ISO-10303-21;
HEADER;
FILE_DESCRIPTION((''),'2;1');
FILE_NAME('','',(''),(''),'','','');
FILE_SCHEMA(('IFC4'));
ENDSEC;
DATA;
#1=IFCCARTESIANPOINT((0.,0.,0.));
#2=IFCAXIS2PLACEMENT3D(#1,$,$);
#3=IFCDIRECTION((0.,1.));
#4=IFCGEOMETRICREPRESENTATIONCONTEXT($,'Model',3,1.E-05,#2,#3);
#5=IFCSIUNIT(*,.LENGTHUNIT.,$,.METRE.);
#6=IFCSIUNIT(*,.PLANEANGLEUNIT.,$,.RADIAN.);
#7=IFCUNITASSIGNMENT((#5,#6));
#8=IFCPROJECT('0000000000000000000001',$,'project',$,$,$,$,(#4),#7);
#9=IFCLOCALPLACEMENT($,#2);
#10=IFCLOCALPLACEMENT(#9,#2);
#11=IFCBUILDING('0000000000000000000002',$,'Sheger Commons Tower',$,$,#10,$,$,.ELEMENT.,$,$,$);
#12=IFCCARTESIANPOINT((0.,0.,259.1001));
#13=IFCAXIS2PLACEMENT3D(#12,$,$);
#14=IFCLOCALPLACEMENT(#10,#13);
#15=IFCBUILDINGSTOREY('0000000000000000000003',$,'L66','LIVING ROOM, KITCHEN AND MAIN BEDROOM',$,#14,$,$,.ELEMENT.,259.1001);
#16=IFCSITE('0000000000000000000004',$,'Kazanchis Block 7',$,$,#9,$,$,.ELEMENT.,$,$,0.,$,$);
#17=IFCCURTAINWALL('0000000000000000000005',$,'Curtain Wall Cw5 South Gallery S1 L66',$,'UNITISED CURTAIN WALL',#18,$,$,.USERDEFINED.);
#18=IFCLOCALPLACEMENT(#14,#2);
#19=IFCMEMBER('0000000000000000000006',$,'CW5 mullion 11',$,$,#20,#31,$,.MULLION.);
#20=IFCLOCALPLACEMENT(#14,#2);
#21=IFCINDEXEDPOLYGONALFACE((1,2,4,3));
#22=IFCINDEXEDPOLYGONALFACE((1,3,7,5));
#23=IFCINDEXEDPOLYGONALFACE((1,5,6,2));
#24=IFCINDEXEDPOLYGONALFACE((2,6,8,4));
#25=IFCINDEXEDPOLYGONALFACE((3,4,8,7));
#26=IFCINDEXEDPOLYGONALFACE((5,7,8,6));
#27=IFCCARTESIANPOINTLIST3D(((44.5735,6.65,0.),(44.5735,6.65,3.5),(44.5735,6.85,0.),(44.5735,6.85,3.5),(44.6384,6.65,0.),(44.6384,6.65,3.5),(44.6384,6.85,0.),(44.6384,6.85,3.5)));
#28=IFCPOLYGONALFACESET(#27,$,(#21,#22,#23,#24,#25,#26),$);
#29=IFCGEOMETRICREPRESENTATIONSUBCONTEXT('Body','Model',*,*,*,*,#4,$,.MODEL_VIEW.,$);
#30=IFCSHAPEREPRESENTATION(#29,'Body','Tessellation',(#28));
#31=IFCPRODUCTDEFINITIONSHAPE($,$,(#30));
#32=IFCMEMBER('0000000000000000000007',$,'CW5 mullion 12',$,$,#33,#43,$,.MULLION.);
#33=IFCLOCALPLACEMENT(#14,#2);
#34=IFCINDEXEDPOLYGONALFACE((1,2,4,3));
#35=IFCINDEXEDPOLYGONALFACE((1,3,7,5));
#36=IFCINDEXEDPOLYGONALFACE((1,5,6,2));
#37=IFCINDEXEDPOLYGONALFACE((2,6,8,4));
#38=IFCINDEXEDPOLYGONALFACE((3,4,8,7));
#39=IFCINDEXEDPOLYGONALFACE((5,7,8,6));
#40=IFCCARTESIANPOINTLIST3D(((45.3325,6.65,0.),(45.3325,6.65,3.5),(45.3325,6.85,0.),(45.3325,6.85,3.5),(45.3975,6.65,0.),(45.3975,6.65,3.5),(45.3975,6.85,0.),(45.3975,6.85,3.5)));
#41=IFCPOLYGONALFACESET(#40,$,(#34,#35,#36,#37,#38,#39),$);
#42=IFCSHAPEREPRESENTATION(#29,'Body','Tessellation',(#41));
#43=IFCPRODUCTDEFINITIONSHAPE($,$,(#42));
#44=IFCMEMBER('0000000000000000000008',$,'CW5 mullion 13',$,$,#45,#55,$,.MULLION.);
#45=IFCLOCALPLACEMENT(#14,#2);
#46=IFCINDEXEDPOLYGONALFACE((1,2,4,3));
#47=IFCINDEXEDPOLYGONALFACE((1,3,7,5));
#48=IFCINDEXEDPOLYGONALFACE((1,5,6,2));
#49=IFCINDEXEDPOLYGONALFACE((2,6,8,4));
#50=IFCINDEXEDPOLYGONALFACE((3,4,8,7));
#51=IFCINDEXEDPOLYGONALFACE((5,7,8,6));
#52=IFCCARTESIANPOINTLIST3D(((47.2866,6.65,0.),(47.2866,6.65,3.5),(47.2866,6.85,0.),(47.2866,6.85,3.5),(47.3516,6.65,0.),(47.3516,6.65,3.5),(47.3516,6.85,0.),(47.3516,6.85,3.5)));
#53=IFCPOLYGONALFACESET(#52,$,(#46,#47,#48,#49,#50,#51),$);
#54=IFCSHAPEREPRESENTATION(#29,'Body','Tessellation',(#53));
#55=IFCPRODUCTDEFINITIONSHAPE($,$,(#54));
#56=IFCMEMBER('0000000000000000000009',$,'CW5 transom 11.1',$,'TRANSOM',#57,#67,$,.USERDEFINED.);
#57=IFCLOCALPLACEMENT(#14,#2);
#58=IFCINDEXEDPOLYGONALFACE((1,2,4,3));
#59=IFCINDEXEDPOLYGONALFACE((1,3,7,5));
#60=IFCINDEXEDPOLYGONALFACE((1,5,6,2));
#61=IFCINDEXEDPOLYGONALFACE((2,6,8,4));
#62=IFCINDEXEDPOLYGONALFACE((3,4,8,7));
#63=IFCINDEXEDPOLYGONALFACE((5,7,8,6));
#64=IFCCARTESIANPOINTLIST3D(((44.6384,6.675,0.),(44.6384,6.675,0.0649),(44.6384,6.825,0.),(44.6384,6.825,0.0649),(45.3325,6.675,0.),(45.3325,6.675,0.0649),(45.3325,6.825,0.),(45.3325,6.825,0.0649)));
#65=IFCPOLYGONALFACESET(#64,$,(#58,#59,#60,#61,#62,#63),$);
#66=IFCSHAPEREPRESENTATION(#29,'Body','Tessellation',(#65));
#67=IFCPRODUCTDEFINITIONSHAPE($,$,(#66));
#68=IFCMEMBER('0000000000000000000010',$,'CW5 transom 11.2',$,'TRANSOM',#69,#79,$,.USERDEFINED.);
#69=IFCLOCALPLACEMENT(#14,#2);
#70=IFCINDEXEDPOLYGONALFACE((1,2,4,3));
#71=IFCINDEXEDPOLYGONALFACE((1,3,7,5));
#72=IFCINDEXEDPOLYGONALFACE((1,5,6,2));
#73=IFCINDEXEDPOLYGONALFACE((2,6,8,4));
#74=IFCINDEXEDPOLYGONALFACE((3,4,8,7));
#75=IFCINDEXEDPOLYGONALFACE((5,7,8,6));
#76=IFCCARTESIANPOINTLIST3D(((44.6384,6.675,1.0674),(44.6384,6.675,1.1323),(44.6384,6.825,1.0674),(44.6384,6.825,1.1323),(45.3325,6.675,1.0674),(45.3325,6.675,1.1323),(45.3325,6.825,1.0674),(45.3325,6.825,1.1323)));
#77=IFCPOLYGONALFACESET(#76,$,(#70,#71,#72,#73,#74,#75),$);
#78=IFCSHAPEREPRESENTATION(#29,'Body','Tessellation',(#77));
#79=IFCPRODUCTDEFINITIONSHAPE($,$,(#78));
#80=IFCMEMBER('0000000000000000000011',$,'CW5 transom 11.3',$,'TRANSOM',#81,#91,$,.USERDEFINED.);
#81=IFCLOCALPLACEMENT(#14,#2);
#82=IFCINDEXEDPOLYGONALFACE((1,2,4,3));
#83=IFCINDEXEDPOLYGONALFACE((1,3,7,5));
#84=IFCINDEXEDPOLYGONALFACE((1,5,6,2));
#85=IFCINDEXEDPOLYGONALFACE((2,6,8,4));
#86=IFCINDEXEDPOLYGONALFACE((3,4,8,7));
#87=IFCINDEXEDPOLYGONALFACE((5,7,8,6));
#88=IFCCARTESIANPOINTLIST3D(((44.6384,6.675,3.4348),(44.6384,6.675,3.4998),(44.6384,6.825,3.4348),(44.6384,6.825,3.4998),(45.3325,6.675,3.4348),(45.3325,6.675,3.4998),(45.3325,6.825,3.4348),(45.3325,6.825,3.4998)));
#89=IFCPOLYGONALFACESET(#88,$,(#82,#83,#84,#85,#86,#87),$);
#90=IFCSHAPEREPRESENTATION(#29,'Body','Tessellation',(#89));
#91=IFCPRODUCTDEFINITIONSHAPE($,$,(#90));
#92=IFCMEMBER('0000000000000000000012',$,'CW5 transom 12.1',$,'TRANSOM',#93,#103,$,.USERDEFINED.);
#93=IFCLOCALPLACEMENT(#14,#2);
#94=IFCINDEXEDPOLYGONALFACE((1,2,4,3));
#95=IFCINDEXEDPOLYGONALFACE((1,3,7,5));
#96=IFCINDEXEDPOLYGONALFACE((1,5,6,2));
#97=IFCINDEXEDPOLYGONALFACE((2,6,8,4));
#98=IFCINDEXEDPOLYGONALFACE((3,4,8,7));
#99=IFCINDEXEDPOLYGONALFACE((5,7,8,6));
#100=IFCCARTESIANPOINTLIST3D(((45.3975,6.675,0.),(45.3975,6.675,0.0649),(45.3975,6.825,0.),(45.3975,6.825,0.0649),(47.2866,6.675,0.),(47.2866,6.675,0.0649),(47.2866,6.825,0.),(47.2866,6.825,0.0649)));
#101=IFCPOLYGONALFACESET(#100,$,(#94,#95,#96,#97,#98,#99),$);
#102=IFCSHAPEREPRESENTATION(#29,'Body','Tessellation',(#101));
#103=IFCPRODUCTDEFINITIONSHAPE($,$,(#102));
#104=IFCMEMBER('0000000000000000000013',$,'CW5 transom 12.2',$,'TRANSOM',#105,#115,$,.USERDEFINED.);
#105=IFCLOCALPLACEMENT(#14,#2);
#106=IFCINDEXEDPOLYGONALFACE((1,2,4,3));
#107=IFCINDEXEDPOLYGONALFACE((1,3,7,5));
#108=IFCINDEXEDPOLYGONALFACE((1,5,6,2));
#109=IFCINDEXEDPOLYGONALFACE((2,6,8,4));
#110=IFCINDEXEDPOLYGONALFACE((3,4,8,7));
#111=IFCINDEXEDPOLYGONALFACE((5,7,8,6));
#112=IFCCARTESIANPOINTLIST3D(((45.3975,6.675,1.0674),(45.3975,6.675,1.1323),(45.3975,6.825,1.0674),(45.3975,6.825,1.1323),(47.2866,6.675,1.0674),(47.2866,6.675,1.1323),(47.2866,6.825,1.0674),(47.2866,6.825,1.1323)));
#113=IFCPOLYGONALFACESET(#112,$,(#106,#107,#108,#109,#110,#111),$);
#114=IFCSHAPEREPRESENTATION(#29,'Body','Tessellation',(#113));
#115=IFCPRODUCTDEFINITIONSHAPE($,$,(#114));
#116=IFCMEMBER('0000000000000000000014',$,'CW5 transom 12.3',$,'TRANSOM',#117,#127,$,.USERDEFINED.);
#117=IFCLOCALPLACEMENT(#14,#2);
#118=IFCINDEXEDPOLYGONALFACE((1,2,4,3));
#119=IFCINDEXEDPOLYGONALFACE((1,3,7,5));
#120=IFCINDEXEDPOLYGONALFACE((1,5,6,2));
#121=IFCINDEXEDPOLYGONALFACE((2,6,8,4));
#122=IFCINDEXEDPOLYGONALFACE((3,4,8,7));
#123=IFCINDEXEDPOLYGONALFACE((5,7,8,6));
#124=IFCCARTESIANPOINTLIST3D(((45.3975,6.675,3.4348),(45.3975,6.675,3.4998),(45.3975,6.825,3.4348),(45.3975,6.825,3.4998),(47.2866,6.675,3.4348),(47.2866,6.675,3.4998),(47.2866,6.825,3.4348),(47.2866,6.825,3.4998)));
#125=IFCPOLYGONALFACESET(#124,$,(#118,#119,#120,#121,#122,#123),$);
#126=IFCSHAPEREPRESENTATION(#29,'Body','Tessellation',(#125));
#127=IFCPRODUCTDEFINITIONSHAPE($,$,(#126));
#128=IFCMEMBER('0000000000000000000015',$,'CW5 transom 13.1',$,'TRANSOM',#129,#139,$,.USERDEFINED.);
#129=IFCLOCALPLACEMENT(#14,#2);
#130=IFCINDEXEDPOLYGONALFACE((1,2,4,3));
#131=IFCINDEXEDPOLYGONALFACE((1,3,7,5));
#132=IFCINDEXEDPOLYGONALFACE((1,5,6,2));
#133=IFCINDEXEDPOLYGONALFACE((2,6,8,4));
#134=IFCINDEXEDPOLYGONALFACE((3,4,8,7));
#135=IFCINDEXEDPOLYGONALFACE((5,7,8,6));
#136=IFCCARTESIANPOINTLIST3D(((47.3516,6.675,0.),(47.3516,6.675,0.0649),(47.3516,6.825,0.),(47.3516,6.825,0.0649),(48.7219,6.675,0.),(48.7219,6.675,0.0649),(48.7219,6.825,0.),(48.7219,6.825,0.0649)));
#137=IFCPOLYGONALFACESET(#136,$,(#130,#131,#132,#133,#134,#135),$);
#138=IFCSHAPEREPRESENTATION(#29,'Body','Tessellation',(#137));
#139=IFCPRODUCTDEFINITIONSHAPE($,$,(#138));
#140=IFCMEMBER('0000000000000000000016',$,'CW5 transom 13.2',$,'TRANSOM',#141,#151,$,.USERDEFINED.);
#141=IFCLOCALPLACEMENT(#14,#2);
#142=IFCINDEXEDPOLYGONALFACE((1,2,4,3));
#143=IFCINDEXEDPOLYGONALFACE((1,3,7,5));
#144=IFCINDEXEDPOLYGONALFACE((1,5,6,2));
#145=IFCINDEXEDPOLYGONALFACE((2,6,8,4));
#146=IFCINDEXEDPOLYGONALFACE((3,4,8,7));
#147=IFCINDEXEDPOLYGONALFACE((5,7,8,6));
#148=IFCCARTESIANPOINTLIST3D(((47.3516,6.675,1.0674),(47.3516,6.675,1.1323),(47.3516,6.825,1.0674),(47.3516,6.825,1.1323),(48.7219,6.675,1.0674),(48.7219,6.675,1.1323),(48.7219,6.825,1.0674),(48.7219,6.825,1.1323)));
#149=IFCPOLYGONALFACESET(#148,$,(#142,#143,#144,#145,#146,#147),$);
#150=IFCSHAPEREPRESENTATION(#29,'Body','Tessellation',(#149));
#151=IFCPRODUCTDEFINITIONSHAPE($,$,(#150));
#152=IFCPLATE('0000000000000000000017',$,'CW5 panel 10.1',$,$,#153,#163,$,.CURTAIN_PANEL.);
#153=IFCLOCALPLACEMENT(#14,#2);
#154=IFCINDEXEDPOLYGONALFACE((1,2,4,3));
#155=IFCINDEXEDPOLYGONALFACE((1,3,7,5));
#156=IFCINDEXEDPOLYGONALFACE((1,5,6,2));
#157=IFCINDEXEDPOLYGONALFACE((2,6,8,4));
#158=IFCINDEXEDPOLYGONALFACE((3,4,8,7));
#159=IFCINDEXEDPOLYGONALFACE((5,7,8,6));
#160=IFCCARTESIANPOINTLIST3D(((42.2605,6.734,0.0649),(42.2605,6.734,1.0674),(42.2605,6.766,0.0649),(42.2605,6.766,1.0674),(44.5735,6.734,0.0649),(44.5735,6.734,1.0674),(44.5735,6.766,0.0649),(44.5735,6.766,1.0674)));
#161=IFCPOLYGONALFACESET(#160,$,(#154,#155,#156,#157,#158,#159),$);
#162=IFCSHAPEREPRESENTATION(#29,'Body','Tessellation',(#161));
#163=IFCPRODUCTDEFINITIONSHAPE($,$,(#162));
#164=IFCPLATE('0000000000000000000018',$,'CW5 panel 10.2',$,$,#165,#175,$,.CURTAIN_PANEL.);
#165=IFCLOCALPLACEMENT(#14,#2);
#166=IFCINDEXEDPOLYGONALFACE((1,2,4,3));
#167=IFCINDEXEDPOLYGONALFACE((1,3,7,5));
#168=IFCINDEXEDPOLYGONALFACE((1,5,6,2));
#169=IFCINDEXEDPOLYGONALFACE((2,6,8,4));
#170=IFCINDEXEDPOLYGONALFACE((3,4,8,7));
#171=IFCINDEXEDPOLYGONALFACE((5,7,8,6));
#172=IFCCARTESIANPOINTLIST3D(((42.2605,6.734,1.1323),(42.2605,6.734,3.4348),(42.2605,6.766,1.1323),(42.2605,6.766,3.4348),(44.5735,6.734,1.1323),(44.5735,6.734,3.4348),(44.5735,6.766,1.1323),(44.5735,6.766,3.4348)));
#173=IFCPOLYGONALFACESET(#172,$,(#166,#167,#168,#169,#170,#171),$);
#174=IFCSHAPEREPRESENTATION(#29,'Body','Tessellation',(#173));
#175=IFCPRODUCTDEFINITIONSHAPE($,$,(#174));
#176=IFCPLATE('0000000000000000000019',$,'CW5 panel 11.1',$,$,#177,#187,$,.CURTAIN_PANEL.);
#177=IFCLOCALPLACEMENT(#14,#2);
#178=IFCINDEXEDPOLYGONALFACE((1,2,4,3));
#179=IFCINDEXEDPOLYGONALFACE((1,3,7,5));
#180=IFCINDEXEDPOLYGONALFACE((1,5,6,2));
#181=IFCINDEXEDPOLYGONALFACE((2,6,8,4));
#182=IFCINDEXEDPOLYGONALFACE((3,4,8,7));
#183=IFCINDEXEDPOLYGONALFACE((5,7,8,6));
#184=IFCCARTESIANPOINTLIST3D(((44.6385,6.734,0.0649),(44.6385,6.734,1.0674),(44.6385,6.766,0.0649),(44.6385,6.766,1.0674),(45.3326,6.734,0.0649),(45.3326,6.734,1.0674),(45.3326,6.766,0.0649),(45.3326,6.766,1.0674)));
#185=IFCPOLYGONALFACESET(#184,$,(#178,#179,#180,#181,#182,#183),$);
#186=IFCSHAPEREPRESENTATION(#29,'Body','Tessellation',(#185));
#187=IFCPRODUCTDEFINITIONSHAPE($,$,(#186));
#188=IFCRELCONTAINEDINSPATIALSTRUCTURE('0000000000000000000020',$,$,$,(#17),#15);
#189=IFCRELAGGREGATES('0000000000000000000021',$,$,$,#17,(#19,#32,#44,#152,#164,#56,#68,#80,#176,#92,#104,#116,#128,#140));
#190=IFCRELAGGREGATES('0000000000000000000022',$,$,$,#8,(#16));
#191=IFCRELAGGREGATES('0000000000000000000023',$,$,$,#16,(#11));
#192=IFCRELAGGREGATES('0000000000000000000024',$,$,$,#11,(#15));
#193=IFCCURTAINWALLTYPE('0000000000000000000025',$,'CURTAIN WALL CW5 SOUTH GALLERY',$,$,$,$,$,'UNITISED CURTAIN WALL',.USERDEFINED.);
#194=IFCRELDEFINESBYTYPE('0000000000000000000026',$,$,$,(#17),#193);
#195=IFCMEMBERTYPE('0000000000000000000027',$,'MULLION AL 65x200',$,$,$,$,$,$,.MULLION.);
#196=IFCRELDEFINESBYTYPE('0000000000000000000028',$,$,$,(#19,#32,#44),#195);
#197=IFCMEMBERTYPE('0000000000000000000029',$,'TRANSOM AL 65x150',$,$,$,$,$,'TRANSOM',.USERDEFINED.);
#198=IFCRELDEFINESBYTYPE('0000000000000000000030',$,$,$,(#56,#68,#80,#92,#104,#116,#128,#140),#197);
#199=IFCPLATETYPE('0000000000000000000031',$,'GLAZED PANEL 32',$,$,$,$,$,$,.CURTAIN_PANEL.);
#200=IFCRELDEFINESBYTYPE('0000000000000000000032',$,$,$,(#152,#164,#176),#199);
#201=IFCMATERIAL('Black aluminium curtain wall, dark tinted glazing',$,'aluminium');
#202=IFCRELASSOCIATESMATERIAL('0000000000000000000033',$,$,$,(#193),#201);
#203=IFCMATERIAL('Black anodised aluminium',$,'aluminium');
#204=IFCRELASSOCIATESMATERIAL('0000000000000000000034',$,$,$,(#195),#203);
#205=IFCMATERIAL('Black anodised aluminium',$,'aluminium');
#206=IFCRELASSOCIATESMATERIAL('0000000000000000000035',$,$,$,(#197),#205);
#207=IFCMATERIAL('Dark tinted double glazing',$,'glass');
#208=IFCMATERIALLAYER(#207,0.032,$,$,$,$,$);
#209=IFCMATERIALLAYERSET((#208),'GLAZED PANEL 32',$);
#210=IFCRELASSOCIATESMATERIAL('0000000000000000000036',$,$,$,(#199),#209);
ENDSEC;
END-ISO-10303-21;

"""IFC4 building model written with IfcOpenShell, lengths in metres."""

from ifc_helpers import new_model, si_unit, direction, frame, origin, origin_2d, place, context, subcontext, project, spatial, rectangle, extrude, material, layer, layer_set, material_profile, profile_set, type_object, element, aggregate, save


model = new_model("IFC4")

# Units and contexts
model_context = context("Model", 3, precision=1e-05, world=origin(), true_north=direction((0.0, 1.0)))
body_context = subcontext(model_context, "Body", "Model", "MODEL_VIEW")
ifc_project = project(units=[si_unit("LENGTHUNIT", "METRE"), si_unit("PLANEANGLEUNIT", "RADIAN")], contexts=[model_context])

# Site, building, storey
site_placement = place(None, origin())
site = spatial("IfcSite", under=ifc_project, at=site_placement, Name="Kazanchis Block 7", CompositionType="ELEMENT", RefElevation=0.0)
building_placement = place(site_placement, origin())
building = spatial("IfcBuilding", under=site, at=building_placement, Name="Sheger Commons Tower", CompositionType="ELEMENT")
storey_placement = place(building_placement, frame((0.0, 0.0, 259.1001)))
storey = spatial("IfcBuildingStorey", under=building, at=storey_placement, Name="L66", Description="LIVING ROOM, KITCHEN AND MAIN BEDROOM", CompositionType="ELEMENT", Elevation=259.1001)

# Curtain wall, members, plates
ifc_material_1 = material(Name="Black aluminium curtain wall, dark tinted glazing", Category="aluminium")
curtain_wall_type = type_object("IfcCurtainWallType", Name="CURTAIN WALL CW5 SOUTH GALLERY", ElementType="UNITISED CURTAIN WALL", PredefinedType="USERDEFINED", material=ifc_material_1)
curtain_wall_placement = place(storey_placement, origin())
curtain_wall = element("IfcCurtainWall", 1, at=curtain_wall_placement, inside=storey, type_object=curtain_wall_type, Name="Curtain Wall Cw5 South Gallery S1 L66", ObjectType="UNITISED CURTAIN WALL", PredefinedType="USERDEFINED")
ifc_material_2 = material(Name="Black anodised aluminium", Category="aluminium")
ifc_material_profile_1 = material_profile(ifc_material_2, rectangle(XDim=0.2, YDim=0.0649, at=origin_2d()), Name="AL 65x200")
ifc_profile_set_1 = profile_set([ifc_material_profile_1], Name="Black anodised aluminium")
member_type_1 = type_object("IfcMemberType", Name="MULLION AL 65x200", PredefinedType="MULLION", material=ifc_profile_set_1)
member_1_placement = place(storey_placement, frame((44.606, 6.75, 0.0), z_axis=(0.0, 0.0, 1.0), x_axis=(0.0, 1.0, 0.0)))
member_1 = element("IfcMember", 2, at=member_1_placement, type_object=member_type_1, Name="CW5 mullion 11", PredefinedType="MULLION", context=body_context, shape_type="SweptSolid", body=[
    extrude(rectangle(XDim=0.2, YDim=0.0649, at=origin_2d()), origin(), (0.0, 0.0, 1.0), 3.5),
])
member_2_placement = place(storey_placement, frame((45.365, 6.75, 0.0), z_axis=(0.0, 0.0, 1.0), x_axis=(0.0, 1.0, 0.0)))
member_2 = element("IfcMember", 3, at=member_2_placement, type_object=member_type_1, Name="CW5 mullion 12", PredefinedType="MULLION", context=body_context, shape_type="SweptSolid", body=[
    extrude(rectangle(XDim=0.2, YDim=0.0649, at=origin_2d()), origin(), (0.0, 0.0, 1.0), 3.5),
])
member_3_placement = place(storey_placement, frame((47.3191, 6.75, 0.0), z_axis=(0.0, 0.0, 1.0), x_axis=(0.0, 1.0, 0.0)))
member_3 = element("IfcMember", 4, at=member_3_placement, type_object=member_type_1, Name="CW5 mullion 13", PredefinedType="MULLION", context=body_context, shape_type="SweptSolid", body=[
    extrude(rectangle(XDim=0.2, YDim=0.0649, at=origin_2d()), origin(), (0.0, 0.0, 1.0), 3.5),
])
ifc_material_3 = material(Name="Black anodised aluminium", Category="aluminium")
ifc_material_profile_2 = material_profile(ifc_material_3, rectangle(XDim=0.1499, YDim=0.0649, at=origin_2d()), Name="AL 65x150")
ifc_profile_set_2 = profile_set([ifc_material_profile_2], Name="Black anodised aluminium")
member_type_2 = type_object("IfcMemberType", Name="TRANSOM AL 65x150", ElementType="TRANSOM", PredefinedType="USERDEFINED", material=ifc_profile_set_2)
member_4_placement = place(storey_placement, frame((44.6384, 6.75, 0.0325), z_axis=(1.0, 0.0, 0.0), x_axis=(0.0, 1.0, 0.0)))
member_4 = element("IfcMember", 5, at=member_4_placement, type_object=member_type_2, Name="CW5 transom 11.1", ObjectType="TRANSOM", PredefinedType="USERDEFINED", context=body_context, shape_type="SweptSolid", body=[
    extrude(rectangle(XDim=0.1499, YDim=0.0649, at=origin_2d()), origin(), (0.0, 0.0, 1.0), 0.6941),
])
member_5_placement = place(storey_placement, frame((44.6384, 6.75, 1.0999), z_axis=(1.0, 0.0, 0.0), x_axis=(0.0, 1.0, 0.0)))
member_5 = element("IfcMember", 6, at=member_5_placement, type_object=member_type_2, Name="CW5 transom 11.2", ObjectType="TRANSOM", PredefinedType="USERDEFINED", context=body_context, shape_type="SweptSolid", body=[
    extrude(rectangle(XDim=0.1499, YDim=0.0649, at=origin_2d()), origin(), (0.0, 0.0, 1.0), 0.6941),
])
member_6_placement = place(storey_placement, frame((44.6384, 6.75, 3.4673), z_axis=(1.0, 0.0, 0.0), x_axis=(0.0, 1.0, 0.0)))
member_6 = element("IfcMember", 7, at=member_6_placement, type_object=member_type_2, Name="CW5 transom 11.3", ObjectType="TRANSOM", PredefinedType="USERDEFINED", context=body_context, shape_type="SweptSolid", body=[
    extrude(rectangle(XDim=0.1499, YDim=0.0649, at=origin_2d()), origin(), (0.0, 0.0, 1.0), 0.6941),
])
member_7_placement = place(storey_placement, frame((45.3975, 6.75, 0.0325), z_axis=(1.0, 0.0, 0.0), x_axis=(0.0, 1.0, 0.0)))
member_7 = element("IfcMember", 8, at=member_7_placement, type_object=member_type_2, Name="CW5 transom 12.1", ObjectType="TRANSOM", PredefinedType="USERDEFINED", context=body_context, shape_type="SweptSolid", body=[
    extrude(rectangle(XDim=0.1499, YDim=0.0649, at=origin_2d()), origin(), (0.0, 0.0, 1.0), 1.8892),
])
member_8_placement = place(storey_placement, frame((45.3975, 6.75, 1.0999), z_axis=(1.0, 0.0, 0.0), x_axis=(0.0, 1.0, 0.0)))
member_8 = element("IfcMember", 9, at=member_8_placement, type_object=member_type_2, Name="CW5 transom 12.2", ObjectType="TRANSOM", PredefinedType="USERDEFINED", context=body_context, shape_type="SweptSolid", body=[
    extrude(rectangle(XDim=0.1499, YDim=0.0649, at=origin_2d()), origin(), (0.0, 0.0, 1.0), 1.8892),
])
member_9_placement = place(storey_placement, frame((45.3975, 6.75, 3.4673), z_axis=(1.0, 0.0, 0.0), x_axis=(0.0, 1.0, 0.0)))
member_9 = element("IfcMember", 10, at=member_9_placement, type_object=member_type_2, Name="CW5 transom 12.3", ObjectType="TRANSOM", PredefinedType="USERDEFINED", context=body_context, shape_type="SweptSolid", body=[
    extrude(rectangle(XDim=0.1499, YDim=0.0649, at=origin_2d()), origin(), (0.0, 0.0, 1.0), 1.8892),
])
member_10_placement = place(storey_placement, frame((47.3516, 6.75, 0.0325), z_axis=(1.0, 0.0, 0.0), x_axis=(0.0, 1.0, 0.0)))
member_10 = element("IfcMember", 11, at=member_10_placement, type_object=member_type_2, Name="CW5 transom 13.1", ObjectType="TRANSOM", PredefinedType="USERDEFINED", context=body_context, shape_type="SweptSolid", body=[
    extrude(rectangle(XDim=0.1499, YDim=0.0649, at=origin_2d()), origin(), (0.0, 0.0, 1.0), 1.3704),
])
member_11_placement = place(storey_placement, frame((47.3516, 6.75, 1.0999), z_axis=(1.0, 0.0, 0.0), x_axis=(0.0, 1.0, 0.0)))
member_11 = element("IfcMember", 12, at=member_11_placement, type_object=member_type_2, Name="CW5 transom 13.2", ObjectType="TRANSOM", PredefinedType="USERDEFINED", context=body_context, shape_type="SweptSolid", body=[
    extrude(rectangle(XDim=0.1499, YDim=0.0649, at=origin_2d()), origin(), (0.0, 0.0, 1.0), 1.3704),
])
ifc_material_4 = material(Name="Dark tinted double glazing", Category="glass")
ifc_layer_1 = layer(ifc_material_4, 0.032)
ifc_layer_set_1 = layer_set([ifc_layer_1], Name="GLAZED PANEL 32")
plate_type_1 = type_object("IfcPlateType", Name="GLAZED PANEL 32", PredefinedType="CURTAIN_PANEL", material=ifc_layer_set_1)
plate_1_placement = place(storey_placement, frame((43.417, 6.75, 0.0649), z_axis=(0.0, 0.0, 1.0), x_axis=(1.0, 0.0, 0.0)))
plate_1 = element("IfcPlate", 13, at=plate_1_placement, type_object=plate_type_1, Name="CW5 panel 10.1", PredefinedType="CURTAIN_PANEL", context=body_context, shape_type="SweptSolid", body=[
    extrude(rectangle(XDim=2.313, YDim=0.032, at=origin_2d()), origin(), (0.0, 0.0, 1.0), 1.0024),
])
plate_2_placement = place(storey_placement, frame((43.417, 6.75, 1.1323), z_axis=(0.0, 0.0, 1.0), x_axis=(1.0, 0.0, 0.0)))
plate_2 = element("IfcPlate", 14, at=plate_2_placement, type_object=plate_type_1, Name="CW5 panel 10.2", PredefinedType="CURTAIN_PANEL", context=body_context, shape_type="SweptSolid", body=[
    extrude(rectangle(XDim=2.313, YDim=0.032, at=origin_2d()), origin(), (0.0, 0.0, 1.0), 2.3025),
])
plate_3_placement = place(storey_placement, frame((44.9856, 6.75, 0.0649), z_axis=(0.0, 0.0, 1.0), x_axis=(1.0, 0.0, 0.0)))
plate_3 = element("IfcPlate", 15, at=plate_3_placement, type_object=plate_type_1, Name="CW5 panel 11.1", PredefinedType="CURTAIN_PANEL", context=body_context, shape_type="SweptSolid", body=[
    extrude(rectangle(XDim=0.6941, YDim=0.032, at=origin_2d()), origin(), (0.0, 0.0, 1.0), 1.0024),
])
aggregate(curtain_wall, [member_1, member_2, member_3, plate_1, plate_2, member_4, member_5, member_6, plate_3, member_7, member_8, member_9, member_10, member_11])

save(model, "model.ifc")
